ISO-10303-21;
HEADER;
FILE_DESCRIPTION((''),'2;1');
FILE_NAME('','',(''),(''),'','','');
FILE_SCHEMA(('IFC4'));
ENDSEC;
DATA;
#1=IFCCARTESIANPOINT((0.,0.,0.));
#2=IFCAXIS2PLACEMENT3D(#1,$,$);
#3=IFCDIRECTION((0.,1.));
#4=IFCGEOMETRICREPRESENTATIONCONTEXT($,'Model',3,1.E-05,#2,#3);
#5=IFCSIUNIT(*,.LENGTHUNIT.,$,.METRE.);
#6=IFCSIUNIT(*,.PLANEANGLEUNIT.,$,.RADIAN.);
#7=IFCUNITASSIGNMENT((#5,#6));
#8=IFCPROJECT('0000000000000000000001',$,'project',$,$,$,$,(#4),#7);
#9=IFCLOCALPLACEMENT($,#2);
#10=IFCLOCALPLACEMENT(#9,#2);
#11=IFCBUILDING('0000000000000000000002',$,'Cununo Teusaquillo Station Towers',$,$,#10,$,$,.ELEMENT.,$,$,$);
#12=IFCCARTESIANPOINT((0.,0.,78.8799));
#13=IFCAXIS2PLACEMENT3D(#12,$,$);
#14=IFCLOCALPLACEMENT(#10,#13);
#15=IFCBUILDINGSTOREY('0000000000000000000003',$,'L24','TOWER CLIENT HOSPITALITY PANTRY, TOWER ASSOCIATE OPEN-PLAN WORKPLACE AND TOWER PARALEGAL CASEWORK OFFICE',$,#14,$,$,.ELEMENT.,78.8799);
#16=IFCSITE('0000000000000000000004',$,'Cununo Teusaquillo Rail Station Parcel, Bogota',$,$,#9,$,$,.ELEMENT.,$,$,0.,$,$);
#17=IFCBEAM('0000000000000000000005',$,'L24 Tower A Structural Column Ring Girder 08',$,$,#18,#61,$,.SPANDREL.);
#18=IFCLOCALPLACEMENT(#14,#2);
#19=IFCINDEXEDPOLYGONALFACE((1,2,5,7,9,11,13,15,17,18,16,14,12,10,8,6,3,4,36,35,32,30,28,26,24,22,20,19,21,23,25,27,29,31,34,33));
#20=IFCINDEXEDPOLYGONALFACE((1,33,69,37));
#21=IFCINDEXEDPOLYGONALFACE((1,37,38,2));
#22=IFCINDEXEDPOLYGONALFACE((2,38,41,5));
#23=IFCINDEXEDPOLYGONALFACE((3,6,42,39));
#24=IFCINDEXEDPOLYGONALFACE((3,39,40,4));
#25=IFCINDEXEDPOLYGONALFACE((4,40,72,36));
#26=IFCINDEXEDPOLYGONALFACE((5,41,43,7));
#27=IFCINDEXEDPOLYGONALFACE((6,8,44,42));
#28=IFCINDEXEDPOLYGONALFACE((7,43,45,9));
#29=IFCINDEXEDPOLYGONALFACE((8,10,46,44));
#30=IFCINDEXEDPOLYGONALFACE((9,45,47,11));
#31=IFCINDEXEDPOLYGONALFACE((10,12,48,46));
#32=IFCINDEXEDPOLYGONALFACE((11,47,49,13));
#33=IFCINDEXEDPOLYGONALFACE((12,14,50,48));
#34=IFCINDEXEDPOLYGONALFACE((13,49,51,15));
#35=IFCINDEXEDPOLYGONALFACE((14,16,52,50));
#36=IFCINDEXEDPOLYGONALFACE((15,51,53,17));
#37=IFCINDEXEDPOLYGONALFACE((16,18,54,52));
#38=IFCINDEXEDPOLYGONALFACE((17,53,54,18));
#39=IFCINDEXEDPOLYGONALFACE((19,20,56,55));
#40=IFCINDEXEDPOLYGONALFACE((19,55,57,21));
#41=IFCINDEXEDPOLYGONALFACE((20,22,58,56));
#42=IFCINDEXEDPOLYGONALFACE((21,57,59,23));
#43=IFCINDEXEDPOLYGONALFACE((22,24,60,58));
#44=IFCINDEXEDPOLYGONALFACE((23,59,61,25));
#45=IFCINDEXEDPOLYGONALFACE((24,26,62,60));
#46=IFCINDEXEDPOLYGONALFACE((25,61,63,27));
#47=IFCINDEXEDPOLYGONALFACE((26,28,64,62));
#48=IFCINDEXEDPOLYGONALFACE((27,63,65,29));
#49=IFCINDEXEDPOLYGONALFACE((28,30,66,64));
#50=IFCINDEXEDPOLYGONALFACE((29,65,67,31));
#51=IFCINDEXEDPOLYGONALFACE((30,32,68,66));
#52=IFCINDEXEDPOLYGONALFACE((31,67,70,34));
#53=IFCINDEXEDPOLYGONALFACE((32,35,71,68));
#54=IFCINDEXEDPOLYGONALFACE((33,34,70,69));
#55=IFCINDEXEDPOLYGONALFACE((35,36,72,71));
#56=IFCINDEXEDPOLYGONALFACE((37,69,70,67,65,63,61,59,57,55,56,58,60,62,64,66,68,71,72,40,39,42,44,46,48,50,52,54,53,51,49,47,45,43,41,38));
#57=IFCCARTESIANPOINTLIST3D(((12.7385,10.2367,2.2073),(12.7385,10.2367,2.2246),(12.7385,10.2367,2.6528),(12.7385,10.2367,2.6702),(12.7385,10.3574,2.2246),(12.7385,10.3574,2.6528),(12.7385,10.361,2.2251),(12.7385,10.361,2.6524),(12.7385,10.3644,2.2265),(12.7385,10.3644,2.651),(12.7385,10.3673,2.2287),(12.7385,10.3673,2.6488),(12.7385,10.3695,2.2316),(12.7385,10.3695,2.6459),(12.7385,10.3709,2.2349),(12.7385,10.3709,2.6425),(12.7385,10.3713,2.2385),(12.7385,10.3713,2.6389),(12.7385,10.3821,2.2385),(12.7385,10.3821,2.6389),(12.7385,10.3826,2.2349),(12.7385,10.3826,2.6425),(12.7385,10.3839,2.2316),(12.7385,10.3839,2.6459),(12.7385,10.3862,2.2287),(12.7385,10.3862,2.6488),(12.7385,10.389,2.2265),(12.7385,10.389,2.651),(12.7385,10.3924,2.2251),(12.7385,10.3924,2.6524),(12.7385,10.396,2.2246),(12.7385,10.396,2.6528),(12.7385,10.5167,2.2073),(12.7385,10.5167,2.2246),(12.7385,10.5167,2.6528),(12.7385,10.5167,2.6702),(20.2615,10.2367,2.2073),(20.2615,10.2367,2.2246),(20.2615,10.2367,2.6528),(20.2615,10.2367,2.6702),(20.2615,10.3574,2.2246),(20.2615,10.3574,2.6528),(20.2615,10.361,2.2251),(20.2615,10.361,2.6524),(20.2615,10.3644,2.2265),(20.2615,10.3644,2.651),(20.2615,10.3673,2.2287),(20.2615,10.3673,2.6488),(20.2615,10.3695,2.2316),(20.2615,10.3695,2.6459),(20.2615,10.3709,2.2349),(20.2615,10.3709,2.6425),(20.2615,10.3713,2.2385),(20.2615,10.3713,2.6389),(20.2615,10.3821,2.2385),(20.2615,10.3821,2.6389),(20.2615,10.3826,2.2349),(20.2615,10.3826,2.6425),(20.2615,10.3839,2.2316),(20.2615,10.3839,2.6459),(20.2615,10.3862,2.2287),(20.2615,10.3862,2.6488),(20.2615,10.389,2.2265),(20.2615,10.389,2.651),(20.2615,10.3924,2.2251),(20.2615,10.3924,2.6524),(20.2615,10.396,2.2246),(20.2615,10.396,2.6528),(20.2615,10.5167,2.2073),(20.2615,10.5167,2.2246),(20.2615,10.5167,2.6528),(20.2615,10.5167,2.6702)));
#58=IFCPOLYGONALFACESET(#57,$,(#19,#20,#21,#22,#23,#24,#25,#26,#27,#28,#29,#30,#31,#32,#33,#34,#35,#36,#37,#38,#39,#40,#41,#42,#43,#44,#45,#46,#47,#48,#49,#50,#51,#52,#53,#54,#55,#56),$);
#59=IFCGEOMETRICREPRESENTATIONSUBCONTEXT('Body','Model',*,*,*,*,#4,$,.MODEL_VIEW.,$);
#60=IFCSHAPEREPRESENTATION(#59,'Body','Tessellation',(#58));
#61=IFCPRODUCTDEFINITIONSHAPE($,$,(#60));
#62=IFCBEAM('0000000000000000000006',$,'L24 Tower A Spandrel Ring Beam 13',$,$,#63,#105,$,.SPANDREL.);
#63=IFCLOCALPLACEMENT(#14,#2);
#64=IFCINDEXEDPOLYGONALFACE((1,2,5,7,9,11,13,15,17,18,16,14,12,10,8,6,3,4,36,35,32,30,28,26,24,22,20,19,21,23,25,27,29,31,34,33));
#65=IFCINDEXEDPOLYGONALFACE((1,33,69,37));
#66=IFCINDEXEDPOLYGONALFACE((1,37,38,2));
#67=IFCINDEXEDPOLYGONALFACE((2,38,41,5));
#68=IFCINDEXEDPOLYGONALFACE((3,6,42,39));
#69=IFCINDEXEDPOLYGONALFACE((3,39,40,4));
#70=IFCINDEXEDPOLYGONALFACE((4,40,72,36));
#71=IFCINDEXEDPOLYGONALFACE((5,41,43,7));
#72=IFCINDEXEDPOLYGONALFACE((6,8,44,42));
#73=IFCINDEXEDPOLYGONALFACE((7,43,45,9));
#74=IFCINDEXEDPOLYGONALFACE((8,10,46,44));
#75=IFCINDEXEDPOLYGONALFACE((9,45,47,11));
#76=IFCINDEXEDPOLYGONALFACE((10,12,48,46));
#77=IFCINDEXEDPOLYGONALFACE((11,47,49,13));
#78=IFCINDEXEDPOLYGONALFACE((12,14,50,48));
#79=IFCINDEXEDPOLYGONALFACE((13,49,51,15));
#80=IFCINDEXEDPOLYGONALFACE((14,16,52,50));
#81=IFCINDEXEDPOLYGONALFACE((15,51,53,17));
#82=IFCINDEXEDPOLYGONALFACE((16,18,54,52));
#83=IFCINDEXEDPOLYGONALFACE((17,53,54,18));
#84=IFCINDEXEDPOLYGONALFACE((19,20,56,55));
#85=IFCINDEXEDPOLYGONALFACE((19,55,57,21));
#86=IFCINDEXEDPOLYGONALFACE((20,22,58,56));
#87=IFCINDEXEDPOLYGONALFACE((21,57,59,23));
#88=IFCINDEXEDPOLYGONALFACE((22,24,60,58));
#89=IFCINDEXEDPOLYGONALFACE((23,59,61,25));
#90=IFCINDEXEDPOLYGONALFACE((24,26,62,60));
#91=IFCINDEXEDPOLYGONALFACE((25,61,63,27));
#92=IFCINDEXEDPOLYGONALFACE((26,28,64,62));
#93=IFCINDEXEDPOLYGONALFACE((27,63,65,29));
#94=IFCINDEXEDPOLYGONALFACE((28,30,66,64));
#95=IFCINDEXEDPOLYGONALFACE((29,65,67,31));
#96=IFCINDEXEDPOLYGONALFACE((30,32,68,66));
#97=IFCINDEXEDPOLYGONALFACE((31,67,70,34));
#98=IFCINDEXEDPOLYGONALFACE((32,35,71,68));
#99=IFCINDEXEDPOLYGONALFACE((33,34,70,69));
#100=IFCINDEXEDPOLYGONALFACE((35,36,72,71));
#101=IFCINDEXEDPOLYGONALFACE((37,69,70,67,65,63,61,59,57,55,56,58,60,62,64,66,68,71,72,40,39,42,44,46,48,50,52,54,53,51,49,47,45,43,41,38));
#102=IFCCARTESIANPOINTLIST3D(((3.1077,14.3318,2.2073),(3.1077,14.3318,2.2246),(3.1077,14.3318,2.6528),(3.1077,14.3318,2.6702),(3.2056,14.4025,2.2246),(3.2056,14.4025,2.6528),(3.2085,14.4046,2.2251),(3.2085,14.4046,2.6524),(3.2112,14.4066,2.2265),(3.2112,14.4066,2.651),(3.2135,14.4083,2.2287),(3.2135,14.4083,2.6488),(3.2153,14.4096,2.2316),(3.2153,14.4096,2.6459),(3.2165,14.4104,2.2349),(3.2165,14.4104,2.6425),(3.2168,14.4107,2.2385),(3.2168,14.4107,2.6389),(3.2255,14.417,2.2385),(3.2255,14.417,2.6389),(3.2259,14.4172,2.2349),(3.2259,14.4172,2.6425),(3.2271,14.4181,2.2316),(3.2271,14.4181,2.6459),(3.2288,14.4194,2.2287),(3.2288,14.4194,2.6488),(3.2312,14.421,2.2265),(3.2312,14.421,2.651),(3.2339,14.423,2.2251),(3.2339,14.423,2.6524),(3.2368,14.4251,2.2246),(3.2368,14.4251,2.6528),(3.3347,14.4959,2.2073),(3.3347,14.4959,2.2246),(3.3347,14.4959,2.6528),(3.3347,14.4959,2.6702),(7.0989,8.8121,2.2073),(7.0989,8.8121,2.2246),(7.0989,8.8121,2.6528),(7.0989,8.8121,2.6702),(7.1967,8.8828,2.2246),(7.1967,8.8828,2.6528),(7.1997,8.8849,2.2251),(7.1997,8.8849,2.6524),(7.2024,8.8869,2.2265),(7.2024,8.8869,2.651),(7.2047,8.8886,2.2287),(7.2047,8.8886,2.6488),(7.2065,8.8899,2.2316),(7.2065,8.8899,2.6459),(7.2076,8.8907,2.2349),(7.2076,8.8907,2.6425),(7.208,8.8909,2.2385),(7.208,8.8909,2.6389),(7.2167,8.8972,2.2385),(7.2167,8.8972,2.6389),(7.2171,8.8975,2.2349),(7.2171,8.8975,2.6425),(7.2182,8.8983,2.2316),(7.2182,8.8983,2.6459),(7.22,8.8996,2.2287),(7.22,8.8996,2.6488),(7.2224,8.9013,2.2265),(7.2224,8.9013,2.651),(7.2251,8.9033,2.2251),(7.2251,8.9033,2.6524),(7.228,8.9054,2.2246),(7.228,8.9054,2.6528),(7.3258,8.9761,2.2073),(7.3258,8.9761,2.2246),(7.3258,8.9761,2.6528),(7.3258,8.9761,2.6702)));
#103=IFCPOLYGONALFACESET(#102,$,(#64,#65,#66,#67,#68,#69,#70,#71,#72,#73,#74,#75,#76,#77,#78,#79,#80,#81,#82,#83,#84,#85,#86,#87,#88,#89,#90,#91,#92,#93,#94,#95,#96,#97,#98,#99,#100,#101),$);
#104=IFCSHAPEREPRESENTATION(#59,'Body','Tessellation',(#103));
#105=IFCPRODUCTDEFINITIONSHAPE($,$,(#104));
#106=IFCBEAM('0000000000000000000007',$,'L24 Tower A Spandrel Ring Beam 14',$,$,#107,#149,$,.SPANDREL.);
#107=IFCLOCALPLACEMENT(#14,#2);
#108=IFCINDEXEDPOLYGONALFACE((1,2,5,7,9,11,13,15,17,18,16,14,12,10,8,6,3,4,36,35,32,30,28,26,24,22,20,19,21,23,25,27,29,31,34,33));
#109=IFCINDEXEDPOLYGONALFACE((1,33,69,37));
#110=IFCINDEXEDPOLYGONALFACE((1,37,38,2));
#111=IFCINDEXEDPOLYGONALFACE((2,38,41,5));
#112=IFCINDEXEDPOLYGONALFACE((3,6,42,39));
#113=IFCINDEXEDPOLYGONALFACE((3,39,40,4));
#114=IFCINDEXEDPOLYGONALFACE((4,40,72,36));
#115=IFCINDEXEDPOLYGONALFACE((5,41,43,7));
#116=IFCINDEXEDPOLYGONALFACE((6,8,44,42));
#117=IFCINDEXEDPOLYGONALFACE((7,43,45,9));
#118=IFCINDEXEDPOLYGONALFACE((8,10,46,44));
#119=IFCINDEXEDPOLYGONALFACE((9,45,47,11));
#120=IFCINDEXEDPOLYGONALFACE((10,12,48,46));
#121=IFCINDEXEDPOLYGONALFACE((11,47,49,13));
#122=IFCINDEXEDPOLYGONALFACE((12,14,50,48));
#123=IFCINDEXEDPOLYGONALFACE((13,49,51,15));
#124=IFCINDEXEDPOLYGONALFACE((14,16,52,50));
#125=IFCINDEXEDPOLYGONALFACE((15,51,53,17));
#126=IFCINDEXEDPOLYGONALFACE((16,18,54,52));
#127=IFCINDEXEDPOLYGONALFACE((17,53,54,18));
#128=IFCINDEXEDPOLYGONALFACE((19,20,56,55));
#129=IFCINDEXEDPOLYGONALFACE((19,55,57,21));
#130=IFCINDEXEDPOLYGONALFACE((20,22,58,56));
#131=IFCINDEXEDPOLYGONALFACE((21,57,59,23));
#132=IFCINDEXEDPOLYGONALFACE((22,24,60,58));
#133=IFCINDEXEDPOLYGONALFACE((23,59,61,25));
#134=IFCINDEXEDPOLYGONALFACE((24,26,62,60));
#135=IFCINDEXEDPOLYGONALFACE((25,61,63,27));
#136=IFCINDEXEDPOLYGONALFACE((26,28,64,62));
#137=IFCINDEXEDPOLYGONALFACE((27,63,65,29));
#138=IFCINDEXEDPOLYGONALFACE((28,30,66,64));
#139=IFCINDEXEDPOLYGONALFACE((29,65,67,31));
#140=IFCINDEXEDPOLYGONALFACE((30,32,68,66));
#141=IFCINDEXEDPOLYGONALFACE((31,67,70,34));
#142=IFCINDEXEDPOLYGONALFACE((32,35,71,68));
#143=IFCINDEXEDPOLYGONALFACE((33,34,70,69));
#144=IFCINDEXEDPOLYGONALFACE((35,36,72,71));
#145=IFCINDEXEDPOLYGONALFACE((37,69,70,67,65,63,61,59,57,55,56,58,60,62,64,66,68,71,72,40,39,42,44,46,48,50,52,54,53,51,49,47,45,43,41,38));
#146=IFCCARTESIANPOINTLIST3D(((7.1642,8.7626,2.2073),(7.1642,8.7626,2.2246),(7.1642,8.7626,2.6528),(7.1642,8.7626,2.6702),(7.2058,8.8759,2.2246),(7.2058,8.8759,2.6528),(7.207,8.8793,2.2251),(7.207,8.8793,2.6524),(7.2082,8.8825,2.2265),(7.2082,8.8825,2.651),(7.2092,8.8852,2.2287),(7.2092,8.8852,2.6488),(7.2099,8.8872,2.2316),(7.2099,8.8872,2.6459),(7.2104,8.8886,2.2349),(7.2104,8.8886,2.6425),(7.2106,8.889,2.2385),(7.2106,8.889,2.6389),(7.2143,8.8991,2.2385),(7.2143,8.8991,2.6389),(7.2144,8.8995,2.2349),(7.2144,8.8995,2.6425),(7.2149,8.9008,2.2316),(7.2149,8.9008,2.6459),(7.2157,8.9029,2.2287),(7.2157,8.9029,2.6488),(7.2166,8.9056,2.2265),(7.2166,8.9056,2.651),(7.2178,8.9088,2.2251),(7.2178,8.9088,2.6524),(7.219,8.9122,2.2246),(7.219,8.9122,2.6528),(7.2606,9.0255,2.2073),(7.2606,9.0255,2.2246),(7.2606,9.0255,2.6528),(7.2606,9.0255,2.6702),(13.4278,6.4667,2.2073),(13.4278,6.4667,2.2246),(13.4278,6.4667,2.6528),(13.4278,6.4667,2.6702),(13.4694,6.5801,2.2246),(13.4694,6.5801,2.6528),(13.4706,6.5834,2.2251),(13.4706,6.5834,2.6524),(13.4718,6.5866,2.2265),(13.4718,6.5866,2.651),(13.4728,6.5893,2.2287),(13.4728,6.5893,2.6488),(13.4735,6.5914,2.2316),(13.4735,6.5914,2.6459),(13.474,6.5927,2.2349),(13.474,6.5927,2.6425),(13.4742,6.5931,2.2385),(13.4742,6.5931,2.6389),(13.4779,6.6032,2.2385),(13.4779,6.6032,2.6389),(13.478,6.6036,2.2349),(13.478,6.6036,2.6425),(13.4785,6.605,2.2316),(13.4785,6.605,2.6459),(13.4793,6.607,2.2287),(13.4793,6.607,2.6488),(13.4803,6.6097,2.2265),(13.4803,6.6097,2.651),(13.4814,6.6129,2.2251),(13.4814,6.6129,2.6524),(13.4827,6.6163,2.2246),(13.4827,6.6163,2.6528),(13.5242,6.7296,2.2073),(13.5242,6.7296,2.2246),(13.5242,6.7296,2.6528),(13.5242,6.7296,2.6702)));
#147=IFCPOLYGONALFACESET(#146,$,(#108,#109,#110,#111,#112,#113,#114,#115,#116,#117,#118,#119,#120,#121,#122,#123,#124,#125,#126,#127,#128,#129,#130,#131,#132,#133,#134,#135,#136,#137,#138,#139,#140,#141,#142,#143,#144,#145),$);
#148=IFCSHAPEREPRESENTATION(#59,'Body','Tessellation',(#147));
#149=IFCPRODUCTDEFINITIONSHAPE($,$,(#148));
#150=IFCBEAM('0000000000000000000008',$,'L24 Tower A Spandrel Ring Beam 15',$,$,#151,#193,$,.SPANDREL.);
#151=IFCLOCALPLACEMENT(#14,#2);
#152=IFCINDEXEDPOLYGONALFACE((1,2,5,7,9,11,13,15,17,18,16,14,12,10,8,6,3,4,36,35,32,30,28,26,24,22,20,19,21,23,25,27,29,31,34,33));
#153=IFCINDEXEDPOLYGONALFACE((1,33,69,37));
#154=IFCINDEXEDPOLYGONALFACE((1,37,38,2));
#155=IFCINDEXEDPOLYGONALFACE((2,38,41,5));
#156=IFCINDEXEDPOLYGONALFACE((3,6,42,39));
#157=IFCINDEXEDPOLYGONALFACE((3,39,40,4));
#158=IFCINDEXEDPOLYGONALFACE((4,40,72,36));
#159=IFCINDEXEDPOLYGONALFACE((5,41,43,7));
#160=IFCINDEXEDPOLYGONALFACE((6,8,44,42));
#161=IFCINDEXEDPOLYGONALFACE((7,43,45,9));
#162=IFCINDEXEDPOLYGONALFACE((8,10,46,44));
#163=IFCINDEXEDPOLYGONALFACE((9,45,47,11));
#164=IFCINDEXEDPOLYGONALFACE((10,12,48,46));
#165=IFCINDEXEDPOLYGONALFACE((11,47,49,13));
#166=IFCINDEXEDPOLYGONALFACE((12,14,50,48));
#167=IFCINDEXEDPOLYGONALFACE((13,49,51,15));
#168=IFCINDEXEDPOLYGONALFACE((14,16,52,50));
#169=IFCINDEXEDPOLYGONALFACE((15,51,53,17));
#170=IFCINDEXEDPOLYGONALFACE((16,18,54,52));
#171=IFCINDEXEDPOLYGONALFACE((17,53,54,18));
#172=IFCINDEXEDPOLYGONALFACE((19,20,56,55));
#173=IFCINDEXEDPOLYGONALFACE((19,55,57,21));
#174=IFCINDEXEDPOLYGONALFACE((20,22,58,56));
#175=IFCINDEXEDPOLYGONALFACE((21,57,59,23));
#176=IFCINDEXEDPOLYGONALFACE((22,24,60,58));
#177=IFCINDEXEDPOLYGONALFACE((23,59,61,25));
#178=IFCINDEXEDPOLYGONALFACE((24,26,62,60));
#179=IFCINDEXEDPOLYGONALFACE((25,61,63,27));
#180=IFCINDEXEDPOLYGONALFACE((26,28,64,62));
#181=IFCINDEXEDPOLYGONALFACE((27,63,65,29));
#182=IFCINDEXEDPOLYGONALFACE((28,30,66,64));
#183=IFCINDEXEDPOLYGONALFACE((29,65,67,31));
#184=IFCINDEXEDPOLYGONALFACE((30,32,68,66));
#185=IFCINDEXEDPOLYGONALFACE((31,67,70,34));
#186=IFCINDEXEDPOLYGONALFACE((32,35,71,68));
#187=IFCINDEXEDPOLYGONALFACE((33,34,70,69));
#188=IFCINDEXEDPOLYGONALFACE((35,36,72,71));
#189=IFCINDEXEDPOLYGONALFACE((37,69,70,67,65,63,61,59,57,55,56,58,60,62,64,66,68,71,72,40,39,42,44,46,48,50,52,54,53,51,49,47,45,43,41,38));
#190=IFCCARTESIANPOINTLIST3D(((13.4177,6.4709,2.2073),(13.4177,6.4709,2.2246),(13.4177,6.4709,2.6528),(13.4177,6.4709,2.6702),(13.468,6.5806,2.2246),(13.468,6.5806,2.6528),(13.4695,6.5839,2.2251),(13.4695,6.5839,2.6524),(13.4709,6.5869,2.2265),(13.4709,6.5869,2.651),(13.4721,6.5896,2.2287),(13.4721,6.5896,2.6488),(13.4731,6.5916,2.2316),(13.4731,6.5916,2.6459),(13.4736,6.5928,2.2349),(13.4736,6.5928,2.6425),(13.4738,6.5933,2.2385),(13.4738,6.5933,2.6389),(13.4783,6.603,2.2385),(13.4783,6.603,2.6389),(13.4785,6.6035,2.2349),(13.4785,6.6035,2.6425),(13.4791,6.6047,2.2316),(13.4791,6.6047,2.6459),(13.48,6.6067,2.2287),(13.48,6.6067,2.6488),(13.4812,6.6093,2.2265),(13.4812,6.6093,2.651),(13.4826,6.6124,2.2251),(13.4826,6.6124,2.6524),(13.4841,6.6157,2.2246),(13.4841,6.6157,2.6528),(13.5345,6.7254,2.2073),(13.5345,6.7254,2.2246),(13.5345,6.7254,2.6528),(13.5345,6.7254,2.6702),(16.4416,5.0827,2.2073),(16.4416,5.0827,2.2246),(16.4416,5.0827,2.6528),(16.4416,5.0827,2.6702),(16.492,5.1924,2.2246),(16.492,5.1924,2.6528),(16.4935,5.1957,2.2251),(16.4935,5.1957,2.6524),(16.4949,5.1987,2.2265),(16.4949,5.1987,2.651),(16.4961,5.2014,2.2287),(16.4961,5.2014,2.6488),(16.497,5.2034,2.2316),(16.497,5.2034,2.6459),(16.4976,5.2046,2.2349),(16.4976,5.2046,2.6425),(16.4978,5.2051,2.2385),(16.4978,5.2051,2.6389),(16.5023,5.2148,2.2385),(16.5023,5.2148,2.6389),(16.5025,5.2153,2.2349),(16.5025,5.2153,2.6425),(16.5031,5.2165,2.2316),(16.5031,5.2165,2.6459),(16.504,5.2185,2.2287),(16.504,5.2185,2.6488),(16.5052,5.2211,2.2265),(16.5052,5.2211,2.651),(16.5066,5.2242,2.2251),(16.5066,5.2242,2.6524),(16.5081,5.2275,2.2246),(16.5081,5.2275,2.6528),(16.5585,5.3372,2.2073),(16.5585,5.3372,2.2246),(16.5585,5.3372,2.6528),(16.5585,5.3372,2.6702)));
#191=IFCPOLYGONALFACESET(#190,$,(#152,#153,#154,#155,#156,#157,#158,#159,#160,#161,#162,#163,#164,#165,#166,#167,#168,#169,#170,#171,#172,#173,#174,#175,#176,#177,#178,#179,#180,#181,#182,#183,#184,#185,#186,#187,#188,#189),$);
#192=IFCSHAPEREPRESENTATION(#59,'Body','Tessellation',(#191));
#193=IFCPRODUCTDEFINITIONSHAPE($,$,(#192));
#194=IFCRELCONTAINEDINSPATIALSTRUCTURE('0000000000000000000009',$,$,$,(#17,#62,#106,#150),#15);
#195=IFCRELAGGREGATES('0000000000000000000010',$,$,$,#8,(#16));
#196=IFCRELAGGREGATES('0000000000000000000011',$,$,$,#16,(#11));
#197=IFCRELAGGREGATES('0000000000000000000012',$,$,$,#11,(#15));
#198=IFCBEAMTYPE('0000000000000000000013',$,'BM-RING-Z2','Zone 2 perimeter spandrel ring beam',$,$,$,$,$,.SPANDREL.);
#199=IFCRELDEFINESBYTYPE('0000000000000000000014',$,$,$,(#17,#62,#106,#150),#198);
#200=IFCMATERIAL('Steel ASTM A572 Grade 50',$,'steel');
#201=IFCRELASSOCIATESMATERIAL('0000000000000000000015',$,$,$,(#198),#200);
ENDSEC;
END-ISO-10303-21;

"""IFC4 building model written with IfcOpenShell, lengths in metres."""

from ifc_helpers import new_model, si_unit, direction, frame, origin, origin_2d, place, context, subcontext, project, spatial, i_section, extrude, material, material_profile, profile_set, type_object, element, save


model = new_model("IFC4")

# Units and contexts
model_context = context("Model", 3, precision=1e-05, world=origin(), true_north=direction((0.0, 1.0)))
body_context = subcontext(model_context, "Body", "Model", "MODEL_VIEW")
ifc_project = project(units=[si_unit("LENGTHUNIT", "METRE"), si_unit("PLANEANGLEUNIT", "RADIAN")], contexts=[model_context])

# Site, building, storey
site_placement = place(None, origin())
site = spatial("IfcSite", under=ifc_project, at=site_placement, Name="Cununo Teusaquillo Rail Station Parcel, Bogota", CompositionType="ELEMENT", RefElevation=0.0)
building_placement = place(site_placement, origin())
building = spatial("IfcBuilding", under=site, at=building_placement, Name="Cununo Teusaquillo Station Towers", CompositionType="ELEMENT")
storey_placement = place(building_placement, frame((0.0, 0.0, 78.8799)))
storey = spatial("IfcBuildingStorey", under=building, at=storey_placement, Name="L24", Description="TOWER CLIENT HOSPITALITY PANTRY, TOWER ASSOCIATE OPEN-PLAN WORKPLACE AND TOWER PARALEGAL CASEWORK OFFICE", CompositionType="ELEMENT", Elevation=78.8799)

# Beams
ifc_material_1 = material(Name="Steel ASTM A572 Grade 50", Category="steel")
ifc_material_profile_1 = material_profile(ifc_material_1, i_section(OverallWidth=0.28, OverallDepth=0.4629, WebThickness=0.0107, FlangeThickness=0.0173, FilletRadius=0.0139, at=origin_2d()), Name="W18X76")
ifc_profile_set_1 = profile_set([ifc_material_profile_1], Name="Steel ASTM A572 Grade 50")
beam_type = type_object("IfcBeamType", Name="BM-RING-Z2", Description="Zone 2 perimeter spandrel ring beam", PredefinedType="SPANDREL", material=ifc_profile_set_1)
beam_1_placement = place(storey_placement, frame((12.7385, 10.3767, 2.4387), z_axis=(1.0, 0.0, 0.0), x_axis=(0.0, 1.0, 0.0)))
element("IfcBeam", 1, at=beam_1_placement, inside=storey, type_object=beam_type, Name="L24 Tower A Structural Column Ring Girder 08", PredefinedType="SPANDREL", context=body_context, shape_type="SweptSolid", body=[
    extrude(i_section(OverallWidth=0.28, OverallDepth=0.4629, WebThickness=0.0107, FlangeThickness=0.0173, FilletRadius=0.0139, at=origin_2d()), origin(), (0.0, 0.0, 1.0), 7.5229),
])
beam_2_placement = place(storey_placement, frame((3.2212, 14.4138, 2.4387), z_axis=(0.585945, -0.810351, 0.0), x_axis=(0.810351, 0.585945, 0.0)))
element("IfcBeam", 2, at=beam_2_placement, inside=storey, type_object=beam_type, Name="L24 Tower A Spandrel Ring Beam 13", PredefinedType="SPANDREL", context=body_context, shape_type="SweptSolid", body=[
    extrude(i_section(OverallWidth=0.28, OverallDepth=0.4629, WebThickness=0.0107, FlangeThickness=0.0173, FilletRadius=0.0139, at=origin_2d()), origin(), (0.0, 0.0, 1.0), 6.8115),
])
beam_3_placement = place(storey_placement, frame((7.2124, 8.894, 2.4387), z_axis=(0.938914, -0.344151, 0.0), x_axis=(0.344151, 0.938914, 0.0)))
element("IfcBeam", 3, at=beam_3_placement, inside=storey, type_object=beam_type, Name="L24 Tower A Spandrel Ring Beam 14", PredefinedType="SPANDREL", context=body_context, shape_type="SweptSolid", body=[
    extrude(i_section(OverallWidth=0.28, OverallDepth=0.4629, WebThickness=0.0107, FlangeThickness=0.0173, FilletRadius=0.0139, at=origin_2d()), origin(), (0.0, 0.0, 1.0), 6.6711),
])
beam_4_placement = place(storey_placement, frame((13.4761, 6.5981, 2.4387), z_axis=(0.908812, -0.417205, 0.0), x_axis=(0.417205, 0.908812, 0.0)))
element("IfcBeam", 4, at=beam_4_placement, inside=storey, type_object=beam_type, Name="L24 Tower A Spandrel Ring Beam 15", PredefinedType="SPANDREL", context=body_context, shape_type="SweptSolid", body=[
    extrude(i_section(OverallWidth=0.28, OverallDepth=0.4629, WebThickness=0.0107, FlangeThickness=0.0173, FilletRadius=0.0139, at=origin_2d()), origin(), (0.0, 0.0, 1.0), 3.3274),
])

save(model, "model.ifc")
